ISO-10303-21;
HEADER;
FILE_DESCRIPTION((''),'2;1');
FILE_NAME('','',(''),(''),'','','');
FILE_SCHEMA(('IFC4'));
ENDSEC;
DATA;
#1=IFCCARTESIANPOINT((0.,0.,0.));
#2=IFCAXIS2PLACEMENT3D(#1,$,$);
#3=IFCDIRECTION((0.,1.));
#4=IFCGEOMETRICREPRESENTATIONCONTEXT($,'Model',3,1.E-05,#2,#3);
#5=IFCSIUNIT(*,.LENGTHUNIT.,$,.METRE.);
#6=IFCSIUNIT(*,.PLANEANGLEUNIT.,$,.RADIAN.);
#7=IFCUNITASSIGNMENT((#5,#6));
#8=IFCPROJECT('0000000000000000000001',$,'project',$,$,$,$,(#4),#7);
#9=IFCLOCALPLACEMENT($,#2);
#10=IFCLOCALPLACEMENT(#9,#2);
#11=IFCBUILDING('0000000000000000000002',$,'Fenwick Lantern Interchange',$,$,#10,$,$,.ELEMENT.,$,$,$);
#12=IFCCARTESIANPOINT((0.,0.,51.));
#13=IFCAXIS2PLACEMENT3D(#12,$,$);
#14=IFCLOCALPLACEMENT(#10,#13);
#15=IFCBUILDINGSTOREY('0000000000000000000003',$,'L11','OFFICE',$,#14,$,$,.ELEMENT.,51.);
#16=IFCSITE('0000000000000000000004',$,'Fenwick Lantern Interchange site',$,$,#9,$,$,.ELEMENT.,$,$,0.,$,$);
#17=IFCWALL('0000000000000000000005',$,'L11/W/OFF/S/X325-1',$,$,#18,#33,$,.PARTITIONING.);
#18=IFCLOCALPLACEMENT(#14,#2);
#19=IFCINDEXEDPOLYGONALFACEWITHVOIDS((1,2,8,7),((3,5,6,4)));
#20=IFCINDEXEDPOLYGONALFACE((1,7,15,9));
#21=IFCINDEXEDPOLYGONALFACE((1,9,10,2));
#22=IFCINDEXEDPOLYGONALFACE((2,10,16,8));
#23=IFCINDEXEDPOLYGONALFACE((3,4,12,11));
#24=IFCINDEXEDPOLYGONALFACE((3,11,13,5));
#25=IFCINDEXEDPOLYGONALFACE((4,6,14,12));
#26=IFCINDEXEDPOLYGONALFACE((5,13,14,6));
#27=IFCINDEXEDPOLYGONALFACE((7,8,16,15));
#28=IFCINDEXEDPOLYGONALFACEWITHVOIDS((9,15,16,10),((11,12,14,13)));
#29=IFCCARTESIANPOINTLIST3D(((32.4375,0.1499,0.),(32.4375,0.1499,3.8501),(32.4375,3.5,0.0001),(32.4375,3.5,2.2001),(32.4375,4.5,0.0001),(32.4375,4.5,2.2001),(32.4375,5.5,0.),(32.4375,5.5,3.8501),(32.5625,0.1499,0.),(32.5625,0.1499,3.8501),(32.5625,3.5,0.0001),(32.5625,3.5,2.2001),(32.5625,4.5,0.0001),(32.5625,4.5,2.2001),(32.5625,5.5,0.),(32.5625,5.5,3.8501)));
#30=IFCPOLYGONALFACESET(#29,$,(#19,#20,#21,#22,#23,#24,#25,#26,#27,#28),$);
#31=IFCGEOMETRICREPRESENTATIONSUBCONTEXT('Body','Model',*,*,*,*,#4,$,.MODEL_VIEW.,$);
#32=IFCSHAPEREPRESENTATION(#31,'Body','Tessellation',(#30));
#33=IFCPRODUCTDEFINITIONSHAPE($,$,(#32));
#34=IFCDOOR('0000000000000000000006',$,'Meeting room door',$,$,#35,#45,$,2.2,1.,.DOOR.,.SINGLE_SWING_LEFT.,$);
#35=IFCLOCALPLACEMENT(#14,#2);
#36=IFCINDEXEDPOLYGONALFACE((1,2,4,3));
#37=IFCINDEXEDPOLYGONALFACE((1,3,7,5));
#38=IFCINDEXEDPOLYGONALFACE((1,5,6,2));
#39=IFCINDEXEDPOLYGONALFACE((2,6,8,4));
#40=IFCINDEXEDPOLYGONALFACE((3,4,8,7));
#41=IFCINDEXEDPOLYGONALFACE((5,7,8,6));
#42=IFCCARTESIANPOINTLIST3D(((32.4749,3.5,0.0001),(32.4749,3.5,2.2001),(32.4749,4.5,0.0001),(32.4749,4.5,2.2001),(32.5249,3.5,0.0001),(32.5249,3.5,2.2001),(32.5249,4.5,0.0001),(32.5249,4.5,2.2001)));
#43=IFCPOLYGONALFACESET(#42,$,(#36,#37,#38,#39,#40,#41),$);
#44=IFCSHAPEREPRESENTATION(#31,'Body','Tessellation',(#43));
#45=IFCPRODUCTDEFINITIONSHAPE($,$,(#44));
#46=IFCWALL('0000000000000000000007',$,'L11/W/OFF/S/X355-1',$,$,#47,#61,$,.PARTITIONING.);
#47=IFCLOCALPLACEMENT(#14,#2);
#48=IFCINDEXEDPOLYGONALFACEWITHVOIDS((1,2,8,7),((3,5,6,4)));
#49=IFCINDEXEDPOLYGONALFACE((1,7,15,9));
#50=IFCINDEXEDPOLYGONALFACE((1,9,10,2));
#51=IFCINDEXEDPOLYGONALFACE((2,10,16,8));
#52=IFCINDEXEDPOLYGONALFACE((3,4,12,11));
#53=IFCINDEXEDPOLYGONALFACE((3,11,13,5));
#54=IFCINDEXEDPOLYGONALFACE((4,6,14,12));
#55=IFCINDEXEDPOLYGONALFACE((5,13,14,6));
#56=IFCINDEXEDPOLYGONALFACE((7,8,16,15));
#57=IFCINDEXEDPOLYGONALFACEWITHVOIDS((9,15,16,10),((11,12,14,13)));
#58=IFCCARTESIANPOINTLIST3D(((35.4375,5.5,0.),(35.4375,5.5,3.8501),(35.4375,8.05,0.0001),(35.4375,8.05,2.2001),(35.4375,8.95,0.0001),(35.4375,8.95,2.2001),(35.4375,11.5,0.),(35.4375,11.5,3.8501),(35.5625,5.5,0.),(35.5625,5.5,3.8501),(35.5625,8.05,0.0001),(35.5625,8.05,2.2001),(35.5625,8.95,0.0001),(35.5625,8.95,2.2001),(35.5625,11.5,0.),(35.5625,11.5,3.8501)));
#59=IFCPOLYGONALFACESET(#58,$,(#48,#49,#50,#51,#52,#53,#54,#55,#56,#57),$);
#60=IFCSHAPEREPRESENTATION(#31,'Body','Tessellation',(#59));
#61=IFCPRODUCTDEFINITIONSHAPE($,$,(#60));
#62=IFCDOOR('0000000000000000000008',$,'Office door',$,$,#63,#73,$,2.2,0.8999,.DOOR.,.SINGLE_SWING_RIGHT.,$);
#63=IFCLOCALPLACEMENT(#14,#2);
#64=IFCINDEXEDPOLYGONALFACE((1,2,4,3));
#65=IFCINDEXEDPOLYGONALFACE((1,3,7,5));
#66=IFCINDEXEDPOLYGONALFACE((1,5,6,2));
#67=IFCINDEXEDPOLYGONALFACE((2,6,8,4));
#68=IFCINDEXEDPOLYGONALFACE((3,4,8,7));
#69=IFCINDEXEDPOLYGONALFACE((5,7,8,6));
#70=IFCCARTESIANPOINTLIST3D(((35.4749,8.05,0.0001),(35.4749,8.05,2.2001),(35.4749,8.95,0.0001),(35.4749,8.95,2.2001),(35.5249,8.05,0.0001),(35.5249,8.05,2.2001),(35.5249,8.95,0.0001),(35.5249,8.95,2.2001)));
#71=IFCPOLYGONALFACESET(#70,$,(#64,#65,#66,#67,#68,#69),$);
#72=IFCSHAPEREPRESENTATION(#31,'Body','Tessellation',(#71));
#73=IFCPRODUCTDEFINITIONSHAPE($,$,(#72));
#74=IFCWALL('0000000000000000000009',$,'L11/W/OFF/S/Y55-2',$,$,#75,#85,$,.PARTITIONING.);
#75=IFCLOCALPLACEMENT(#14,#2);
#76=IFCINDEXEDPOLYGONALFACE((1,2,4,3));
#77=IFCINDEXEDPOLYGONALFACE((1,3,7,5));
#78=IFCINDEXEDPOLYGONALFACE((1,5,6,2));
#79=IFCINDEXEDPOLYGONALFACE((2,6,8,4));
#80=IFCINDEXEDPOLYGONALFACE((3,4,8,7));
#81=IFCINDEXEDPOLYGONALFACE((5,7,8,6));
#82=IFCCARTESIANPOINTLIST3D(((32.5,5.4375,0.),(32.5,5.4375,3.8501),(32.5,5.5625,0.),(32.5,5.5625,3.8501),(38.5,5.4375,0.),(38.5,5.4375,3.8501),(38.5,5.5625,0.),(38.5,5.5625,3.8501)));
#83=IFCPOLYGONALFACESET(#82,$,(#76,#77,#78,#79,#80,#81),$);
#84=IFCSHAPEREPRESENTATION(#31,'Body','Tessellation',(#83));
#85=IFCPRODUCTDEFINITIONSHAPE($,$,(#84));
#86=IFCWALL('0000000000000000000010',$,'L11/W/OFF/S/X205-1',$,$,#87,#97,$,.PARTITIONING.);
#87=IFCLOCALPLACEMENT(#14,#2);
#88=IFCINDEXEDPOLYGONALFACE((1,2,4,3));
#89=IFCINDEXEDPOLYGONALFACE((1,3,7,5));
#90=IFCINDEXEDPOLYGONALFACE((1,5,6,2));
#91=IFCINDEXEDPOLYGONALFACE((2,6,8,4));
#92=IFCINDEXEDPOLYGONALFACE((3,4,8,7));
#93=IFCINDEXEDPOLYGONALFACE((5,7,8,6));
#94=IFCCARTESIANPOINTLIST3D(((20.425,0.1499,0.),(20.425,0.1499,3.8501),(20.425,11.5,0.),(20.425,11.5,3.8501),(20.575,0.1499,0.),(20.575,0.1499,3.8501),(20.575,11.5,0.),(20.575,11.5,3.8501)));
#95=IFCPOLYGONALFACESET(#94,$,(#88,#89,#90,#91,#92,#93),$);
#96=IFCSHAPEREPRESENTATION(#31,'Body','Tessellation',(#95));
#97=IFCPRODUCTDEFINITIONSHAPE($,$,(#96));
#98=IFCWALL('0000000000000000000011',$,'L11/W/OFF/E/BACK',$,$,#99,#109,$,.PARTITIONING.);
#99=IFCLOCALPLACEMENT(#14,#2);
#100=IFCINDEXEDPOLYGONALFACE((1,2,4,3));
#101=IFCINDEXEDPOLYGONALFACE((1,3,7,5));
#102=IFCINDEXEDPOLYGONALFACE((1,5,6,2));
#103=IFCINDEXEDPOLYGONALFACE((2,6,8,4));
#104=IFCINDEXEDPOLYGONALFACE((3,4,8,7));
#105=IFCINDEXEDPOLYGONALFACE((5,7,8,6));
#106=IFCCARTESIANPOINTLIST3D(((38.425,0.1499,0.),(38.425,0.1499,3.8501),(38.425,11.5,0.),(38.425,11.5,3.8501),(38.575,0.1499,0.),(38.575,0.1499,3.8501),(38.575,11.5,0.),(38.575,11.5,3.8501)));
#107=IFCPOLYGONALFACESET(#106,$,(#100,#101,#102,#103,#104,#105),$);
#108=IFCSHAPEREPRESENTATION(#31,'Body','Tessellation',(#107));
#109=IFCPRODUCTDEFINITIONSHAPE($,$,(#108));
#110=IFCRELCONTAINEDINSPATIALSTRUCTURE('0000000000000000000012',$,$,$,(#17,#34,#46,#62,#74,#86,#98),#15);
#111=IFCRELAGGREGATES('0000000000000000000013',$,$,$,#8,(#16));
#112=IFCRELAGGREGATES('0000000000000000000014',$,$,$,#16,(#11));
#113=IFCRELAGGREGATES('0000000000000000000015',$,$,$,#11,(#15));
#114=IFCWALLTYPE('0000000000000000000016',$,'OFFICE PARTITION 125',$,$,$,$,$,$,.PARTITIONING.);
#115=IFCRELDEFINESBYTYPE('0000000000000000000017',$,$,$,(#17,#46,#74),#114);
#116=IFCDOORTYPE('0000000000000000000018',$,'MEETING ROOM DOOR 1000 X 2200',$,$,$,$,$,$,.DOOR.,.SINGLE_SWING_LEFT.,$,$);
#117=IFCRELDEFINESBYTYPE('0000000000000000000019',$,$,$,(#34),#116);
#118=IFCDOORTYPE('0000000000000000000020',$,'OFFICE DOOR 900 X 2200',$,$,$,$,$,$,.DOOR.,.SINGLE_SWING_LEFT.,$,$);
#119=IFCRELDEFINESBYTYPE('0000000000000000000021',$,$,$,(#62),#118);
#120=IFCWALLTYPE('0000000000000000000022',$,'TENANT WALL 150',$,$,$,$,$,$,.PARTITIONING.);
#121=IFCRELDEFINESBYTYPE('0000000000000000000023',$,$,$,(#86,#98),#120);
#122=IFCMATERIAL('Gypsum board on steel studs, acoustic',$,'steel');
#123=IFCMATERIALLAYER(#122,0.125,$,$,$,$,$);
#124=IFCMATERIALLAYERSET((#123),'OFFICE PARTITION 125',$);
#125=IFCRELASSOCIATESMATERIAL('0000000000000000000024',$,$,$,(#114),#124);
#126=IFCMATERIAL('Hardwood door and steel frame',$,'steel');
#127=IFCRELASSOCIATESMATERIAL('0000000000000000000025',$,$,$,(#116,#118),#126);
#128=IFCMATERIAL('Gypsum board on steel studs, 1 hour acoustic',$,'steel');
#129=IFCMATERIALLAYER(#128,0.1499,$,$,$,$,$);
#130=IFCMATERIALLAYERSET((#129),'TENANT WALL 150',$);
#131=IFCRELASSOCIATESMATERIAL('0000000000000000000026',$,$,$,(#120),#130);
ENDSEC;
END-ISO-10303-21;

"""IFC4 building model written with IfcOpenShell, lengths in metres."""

from ifc_helpers import new_model, si_unit, direction, frame, frame_2d, origin, place, context, subcontext, project, spatial, rectangle, extrude, material, layer, layer_set, type_object, element, fill, save


model = new_model("IFC4")

# Units and contexts
model_context = context("Model", 3, precision=1e-05, world=origin(), true_north=direction((0.0, 1.0)))
body_context = subcontext(model_context, "Body", "Model", "MODEL_VIEW")
ifc_project = project(units=[si_unit("LENGTHUNIT", "METRE"), si_unit("PLANEANGLEUNIT", "RADIAN")], contexts=[model_context])

# Site, building, storey
site_placement = place(None, origin())
site = spatial("IfcSite", under=ifc_project, at=site_placement, Name="Fenwick Lantern Interchange site", CompositionType="ELEMENT", RefElevation=0.0)
building_placement = place(site_placement, origin())
building = spatial("IfcBuilding", under=site, at=building_placement, Name="Fenwick Lantern Interchange", CompositionType="ELEMENT")
storey_placement = place(building_placement, frame((0.0, 0.0, 51.0)))
storey = spatial("IfcBuildingStorey", under=building, at=storey_placement, Name="L11", Description="OFFICE", CompositionType="ELEMENT", Elevation=51.0)

# Walls, openings, doors
ifc_material_1 = material(Name="Gypsum board on steel studs, acoustic", Category="steel")
ifc_layer_1 = layer(ifc_material_1, 0.125)
ifc_layer_set_1 = layer_set([ifc_layer_1], Name="OFFICE PARTITION 125")
wall_type_1 = type_object("IfcWallType", Name="OFFICE PARTITION 125", PredefinedType="PARTITIONING", material=ifc_layer_set_1)
wall_1_placement = place(storey_placement, frame((32.5, 0.1499, 0.0), z_axis=(0.0, 0.0, 1.0), x_axis=(0.0, 1.0, 0.0)))
wall_1 = element("IfcWall", 1, at=wall_1_placement, inside=storey, type_object=wall_type_1, Name="L11/W/OFF/S/X325-1", PredefinedType="PARTITIONING", context=body_context, shape_type="SweptSolid", body=[
    extrude(rectangle(XDim=5.3501, YDim=0.125, at=frame_2d((2.675, 0.0))), origin(), (0.0, 0.0, 1.0), 3.8501),
])
opening_1_placement = place(wall_1_placement, frame((3.3501, 0.0, 0.0)))
opening_1 = element("IfcOpeningElement", 2, at=opening_1_placement, cuts=wall_1, PredefinedType="OPENING", context=body_context, shape_type="SweptSolid", body=[
    extrude(rectangle(XDim=1.0, YDim=2.2, at=frame_2d((0.5, 1.1001))), frame((0.0, 0.0725, 0.0), z_axis=(0.0, -1.0, 0.0), x_axis=(1.0, 0.0, 0.0)), (0.0, 0.0, 1.0), 0.145),
])
ifc_material_2 = material(Name="Hardwood door and steel frame", Category="steel")
door_type_1 = type_object("IfcDoorType", Name="MEETING ROOM DOOR 1000 X 2200", OperationType="SINGLE_SWING_LEFT", PredefinedType="DOOR", material=ifc_material_2)
door_1_placement = place(opening_1_placement, frame((1.0, 0.0, 0.0), z_axis=(0.0, 0.0, 1.0), x_axis=(-1.0, 0.0, 0.0)))
door_1 = element("IfcDoor", 3, at=door_1_placement, inside=storey, type_object=door_type_1, Name="Meeting room door", OperationType="SINGLE_SWING_LEFT", OverallHeight=2.2, OverallWidth=1.0, PredefinedType="DOOR", context=body_context, shape_type="SweptSolid", body=[
    extrude(rectangle(XDim=1.0, YDim=2.2, at=frame_2d((0.5, 1.1001))), frame((0.0, 0.0249, 0.0), z_axis=(0.0, -1.0, 0.0), x_axis=(1.0, 0.0, 0.0)), (0.0, 0.0, 1.0), 0.05),
])
fill(opening_1, door_1)
wall_2_placement = place(storey_placement, frame((35.5, 5.5, 0.0), z_axis=(0.0, 0.0, 1.0), x_axis=(0.0, 1.0, 0.0)))
wall_2 = element("IfcWall", 4, at=wall_2_placement, inside=storey, type_object=wall_type_1, Name="L11/W/OFF/S/X355-1", PredefinedType="PARTITIONING", context=body_context, shape_type="SweptSolid", body=[
    extrude(rectangle(XDim=6.0, YDim=0.125, at=frame_2d((3.0, 0.0))), origin(), (0.0, 0.0, 1.0), 3.8501),
])
opening_2_placement = place(wall_2_placement, frame((2.55, 0.0, 0.0)))
opening_2 = element("IfcOpeningElement", 5, at=opening_2_placement, cuts=wall_2, PredefinedType="OPENING", context=body_context, shape_type="SweptSolid", body=[
    extrude(rectangle(XDim=0.8999, YDim=2.2, at=frame_2d((0.45, 1.1001))), frame((0.0, 0.0725, 0.0), z_axis=(0.0, -1.0, 0.0), x_axis=(1.0, 0.0, 0.0)), (0.0, 0.0, 1.0), 0.145),
])
door_type_2 = type_object("IfcDoorType", Name="OFFICE DOOR 900 X 2200", OperationType="SINGLE_SWING_LEFT", PredefinedType="DOOR", material=ifc_material_2)
door_2_placement = place(opening_2_placement, frame((0.8999, 0.0, 0.0), z_axis=(0.0, 0.0, 1.0), x_axis=(-1.0, 0.0, 0.0)))
door_2 = element("IfcDoor", 6, at=door_2_placement, inside=storey, type_object=door_type_2, Name="Office door", OperationType="SINGLE_SWING_RIGHT", OverallHeight=2.2, OverallWidth=0.8999, PredefinedType="DOOR", context=body_context, shape_type="SweptSolid", body=[
    extrude(rectangle(XDim=0.8999, YDim=2.2, at=frame_2d((0.45, 1.1001))), frame((0.0, 0.0249, 0.0), z_axis=(0.0, -1.0, 0.0), x_axis=(1.0, 0.0, 0.0)), (0.0, 0.0, 1.0), 0.05),
])
fill(opening_2, door_2)

# Walls
wall_3_placement = place(storey_placement, frame((32.5, 5.5, 0.0), z_axis=(0.0, 0.0, 1.0), x_axis=(1.0, 0.0, 0.0)))
element("IfcWall", 7, at=wall_3_placement, inside=storey, type_object=wall_type_1, Name="L11/W/OFF/S/Y55-2", PredefinedType="PARTITIONING", context=body_context, shape_type="SweptSolid", body=[
    extrude(rectangle(XDim=6.0, YDim=0.125, at=frame_2d((3.0, 0.0))), origin(), (0.0, 0.0, 1.0), 3.8501),
])
ifc_material_3 = material(Name="Gypsum board on steel studs, 1 hour acoustic", Category="steel")
ifc_layer_2 = layer(ifc_material_3, 0.1499)
ifc_layer_set_2 = layer_set([ifc_layer_2], Name="TENANT WALL 150")
wall_type_2 = type_object("IfcWallType", Name="TENANT WALL 150", PredefinedType="PARTITIONING", material=ifc_layer_set_2)
for number, where, z_axis, x_axis, name in (
    (8, (20.5, 0.1499, 0.0), (0.0, 0.0, 1.0), (0.0, 1.0, 0.0), "L11/W/OFF/S/X205-1"),
    (9, (38.5, 0.1499, 0.0), (0.0, 0.0, 1.0), (0.0, 1.0, 0.0), "L11/W/OFF/E/BACK"),
):
    element("IfcWall", number, at=place(storey_placement, frame(where, z_axis=z_axis, x_axis=x_axis)), inside=storey, type_object=wall_type_2, Name=name, PredefinedType="PARTITIONING", context=body_context, shape_type="SweptSolid", body=[
        extrude(rectangle(XDim=11.3501, YDim=0.1499, at=frame_2d((5.675, 0.0))), origin(), (0.0, 0.0, 1.0), 3.8501),
    ])

save(model, "model.ifc")
